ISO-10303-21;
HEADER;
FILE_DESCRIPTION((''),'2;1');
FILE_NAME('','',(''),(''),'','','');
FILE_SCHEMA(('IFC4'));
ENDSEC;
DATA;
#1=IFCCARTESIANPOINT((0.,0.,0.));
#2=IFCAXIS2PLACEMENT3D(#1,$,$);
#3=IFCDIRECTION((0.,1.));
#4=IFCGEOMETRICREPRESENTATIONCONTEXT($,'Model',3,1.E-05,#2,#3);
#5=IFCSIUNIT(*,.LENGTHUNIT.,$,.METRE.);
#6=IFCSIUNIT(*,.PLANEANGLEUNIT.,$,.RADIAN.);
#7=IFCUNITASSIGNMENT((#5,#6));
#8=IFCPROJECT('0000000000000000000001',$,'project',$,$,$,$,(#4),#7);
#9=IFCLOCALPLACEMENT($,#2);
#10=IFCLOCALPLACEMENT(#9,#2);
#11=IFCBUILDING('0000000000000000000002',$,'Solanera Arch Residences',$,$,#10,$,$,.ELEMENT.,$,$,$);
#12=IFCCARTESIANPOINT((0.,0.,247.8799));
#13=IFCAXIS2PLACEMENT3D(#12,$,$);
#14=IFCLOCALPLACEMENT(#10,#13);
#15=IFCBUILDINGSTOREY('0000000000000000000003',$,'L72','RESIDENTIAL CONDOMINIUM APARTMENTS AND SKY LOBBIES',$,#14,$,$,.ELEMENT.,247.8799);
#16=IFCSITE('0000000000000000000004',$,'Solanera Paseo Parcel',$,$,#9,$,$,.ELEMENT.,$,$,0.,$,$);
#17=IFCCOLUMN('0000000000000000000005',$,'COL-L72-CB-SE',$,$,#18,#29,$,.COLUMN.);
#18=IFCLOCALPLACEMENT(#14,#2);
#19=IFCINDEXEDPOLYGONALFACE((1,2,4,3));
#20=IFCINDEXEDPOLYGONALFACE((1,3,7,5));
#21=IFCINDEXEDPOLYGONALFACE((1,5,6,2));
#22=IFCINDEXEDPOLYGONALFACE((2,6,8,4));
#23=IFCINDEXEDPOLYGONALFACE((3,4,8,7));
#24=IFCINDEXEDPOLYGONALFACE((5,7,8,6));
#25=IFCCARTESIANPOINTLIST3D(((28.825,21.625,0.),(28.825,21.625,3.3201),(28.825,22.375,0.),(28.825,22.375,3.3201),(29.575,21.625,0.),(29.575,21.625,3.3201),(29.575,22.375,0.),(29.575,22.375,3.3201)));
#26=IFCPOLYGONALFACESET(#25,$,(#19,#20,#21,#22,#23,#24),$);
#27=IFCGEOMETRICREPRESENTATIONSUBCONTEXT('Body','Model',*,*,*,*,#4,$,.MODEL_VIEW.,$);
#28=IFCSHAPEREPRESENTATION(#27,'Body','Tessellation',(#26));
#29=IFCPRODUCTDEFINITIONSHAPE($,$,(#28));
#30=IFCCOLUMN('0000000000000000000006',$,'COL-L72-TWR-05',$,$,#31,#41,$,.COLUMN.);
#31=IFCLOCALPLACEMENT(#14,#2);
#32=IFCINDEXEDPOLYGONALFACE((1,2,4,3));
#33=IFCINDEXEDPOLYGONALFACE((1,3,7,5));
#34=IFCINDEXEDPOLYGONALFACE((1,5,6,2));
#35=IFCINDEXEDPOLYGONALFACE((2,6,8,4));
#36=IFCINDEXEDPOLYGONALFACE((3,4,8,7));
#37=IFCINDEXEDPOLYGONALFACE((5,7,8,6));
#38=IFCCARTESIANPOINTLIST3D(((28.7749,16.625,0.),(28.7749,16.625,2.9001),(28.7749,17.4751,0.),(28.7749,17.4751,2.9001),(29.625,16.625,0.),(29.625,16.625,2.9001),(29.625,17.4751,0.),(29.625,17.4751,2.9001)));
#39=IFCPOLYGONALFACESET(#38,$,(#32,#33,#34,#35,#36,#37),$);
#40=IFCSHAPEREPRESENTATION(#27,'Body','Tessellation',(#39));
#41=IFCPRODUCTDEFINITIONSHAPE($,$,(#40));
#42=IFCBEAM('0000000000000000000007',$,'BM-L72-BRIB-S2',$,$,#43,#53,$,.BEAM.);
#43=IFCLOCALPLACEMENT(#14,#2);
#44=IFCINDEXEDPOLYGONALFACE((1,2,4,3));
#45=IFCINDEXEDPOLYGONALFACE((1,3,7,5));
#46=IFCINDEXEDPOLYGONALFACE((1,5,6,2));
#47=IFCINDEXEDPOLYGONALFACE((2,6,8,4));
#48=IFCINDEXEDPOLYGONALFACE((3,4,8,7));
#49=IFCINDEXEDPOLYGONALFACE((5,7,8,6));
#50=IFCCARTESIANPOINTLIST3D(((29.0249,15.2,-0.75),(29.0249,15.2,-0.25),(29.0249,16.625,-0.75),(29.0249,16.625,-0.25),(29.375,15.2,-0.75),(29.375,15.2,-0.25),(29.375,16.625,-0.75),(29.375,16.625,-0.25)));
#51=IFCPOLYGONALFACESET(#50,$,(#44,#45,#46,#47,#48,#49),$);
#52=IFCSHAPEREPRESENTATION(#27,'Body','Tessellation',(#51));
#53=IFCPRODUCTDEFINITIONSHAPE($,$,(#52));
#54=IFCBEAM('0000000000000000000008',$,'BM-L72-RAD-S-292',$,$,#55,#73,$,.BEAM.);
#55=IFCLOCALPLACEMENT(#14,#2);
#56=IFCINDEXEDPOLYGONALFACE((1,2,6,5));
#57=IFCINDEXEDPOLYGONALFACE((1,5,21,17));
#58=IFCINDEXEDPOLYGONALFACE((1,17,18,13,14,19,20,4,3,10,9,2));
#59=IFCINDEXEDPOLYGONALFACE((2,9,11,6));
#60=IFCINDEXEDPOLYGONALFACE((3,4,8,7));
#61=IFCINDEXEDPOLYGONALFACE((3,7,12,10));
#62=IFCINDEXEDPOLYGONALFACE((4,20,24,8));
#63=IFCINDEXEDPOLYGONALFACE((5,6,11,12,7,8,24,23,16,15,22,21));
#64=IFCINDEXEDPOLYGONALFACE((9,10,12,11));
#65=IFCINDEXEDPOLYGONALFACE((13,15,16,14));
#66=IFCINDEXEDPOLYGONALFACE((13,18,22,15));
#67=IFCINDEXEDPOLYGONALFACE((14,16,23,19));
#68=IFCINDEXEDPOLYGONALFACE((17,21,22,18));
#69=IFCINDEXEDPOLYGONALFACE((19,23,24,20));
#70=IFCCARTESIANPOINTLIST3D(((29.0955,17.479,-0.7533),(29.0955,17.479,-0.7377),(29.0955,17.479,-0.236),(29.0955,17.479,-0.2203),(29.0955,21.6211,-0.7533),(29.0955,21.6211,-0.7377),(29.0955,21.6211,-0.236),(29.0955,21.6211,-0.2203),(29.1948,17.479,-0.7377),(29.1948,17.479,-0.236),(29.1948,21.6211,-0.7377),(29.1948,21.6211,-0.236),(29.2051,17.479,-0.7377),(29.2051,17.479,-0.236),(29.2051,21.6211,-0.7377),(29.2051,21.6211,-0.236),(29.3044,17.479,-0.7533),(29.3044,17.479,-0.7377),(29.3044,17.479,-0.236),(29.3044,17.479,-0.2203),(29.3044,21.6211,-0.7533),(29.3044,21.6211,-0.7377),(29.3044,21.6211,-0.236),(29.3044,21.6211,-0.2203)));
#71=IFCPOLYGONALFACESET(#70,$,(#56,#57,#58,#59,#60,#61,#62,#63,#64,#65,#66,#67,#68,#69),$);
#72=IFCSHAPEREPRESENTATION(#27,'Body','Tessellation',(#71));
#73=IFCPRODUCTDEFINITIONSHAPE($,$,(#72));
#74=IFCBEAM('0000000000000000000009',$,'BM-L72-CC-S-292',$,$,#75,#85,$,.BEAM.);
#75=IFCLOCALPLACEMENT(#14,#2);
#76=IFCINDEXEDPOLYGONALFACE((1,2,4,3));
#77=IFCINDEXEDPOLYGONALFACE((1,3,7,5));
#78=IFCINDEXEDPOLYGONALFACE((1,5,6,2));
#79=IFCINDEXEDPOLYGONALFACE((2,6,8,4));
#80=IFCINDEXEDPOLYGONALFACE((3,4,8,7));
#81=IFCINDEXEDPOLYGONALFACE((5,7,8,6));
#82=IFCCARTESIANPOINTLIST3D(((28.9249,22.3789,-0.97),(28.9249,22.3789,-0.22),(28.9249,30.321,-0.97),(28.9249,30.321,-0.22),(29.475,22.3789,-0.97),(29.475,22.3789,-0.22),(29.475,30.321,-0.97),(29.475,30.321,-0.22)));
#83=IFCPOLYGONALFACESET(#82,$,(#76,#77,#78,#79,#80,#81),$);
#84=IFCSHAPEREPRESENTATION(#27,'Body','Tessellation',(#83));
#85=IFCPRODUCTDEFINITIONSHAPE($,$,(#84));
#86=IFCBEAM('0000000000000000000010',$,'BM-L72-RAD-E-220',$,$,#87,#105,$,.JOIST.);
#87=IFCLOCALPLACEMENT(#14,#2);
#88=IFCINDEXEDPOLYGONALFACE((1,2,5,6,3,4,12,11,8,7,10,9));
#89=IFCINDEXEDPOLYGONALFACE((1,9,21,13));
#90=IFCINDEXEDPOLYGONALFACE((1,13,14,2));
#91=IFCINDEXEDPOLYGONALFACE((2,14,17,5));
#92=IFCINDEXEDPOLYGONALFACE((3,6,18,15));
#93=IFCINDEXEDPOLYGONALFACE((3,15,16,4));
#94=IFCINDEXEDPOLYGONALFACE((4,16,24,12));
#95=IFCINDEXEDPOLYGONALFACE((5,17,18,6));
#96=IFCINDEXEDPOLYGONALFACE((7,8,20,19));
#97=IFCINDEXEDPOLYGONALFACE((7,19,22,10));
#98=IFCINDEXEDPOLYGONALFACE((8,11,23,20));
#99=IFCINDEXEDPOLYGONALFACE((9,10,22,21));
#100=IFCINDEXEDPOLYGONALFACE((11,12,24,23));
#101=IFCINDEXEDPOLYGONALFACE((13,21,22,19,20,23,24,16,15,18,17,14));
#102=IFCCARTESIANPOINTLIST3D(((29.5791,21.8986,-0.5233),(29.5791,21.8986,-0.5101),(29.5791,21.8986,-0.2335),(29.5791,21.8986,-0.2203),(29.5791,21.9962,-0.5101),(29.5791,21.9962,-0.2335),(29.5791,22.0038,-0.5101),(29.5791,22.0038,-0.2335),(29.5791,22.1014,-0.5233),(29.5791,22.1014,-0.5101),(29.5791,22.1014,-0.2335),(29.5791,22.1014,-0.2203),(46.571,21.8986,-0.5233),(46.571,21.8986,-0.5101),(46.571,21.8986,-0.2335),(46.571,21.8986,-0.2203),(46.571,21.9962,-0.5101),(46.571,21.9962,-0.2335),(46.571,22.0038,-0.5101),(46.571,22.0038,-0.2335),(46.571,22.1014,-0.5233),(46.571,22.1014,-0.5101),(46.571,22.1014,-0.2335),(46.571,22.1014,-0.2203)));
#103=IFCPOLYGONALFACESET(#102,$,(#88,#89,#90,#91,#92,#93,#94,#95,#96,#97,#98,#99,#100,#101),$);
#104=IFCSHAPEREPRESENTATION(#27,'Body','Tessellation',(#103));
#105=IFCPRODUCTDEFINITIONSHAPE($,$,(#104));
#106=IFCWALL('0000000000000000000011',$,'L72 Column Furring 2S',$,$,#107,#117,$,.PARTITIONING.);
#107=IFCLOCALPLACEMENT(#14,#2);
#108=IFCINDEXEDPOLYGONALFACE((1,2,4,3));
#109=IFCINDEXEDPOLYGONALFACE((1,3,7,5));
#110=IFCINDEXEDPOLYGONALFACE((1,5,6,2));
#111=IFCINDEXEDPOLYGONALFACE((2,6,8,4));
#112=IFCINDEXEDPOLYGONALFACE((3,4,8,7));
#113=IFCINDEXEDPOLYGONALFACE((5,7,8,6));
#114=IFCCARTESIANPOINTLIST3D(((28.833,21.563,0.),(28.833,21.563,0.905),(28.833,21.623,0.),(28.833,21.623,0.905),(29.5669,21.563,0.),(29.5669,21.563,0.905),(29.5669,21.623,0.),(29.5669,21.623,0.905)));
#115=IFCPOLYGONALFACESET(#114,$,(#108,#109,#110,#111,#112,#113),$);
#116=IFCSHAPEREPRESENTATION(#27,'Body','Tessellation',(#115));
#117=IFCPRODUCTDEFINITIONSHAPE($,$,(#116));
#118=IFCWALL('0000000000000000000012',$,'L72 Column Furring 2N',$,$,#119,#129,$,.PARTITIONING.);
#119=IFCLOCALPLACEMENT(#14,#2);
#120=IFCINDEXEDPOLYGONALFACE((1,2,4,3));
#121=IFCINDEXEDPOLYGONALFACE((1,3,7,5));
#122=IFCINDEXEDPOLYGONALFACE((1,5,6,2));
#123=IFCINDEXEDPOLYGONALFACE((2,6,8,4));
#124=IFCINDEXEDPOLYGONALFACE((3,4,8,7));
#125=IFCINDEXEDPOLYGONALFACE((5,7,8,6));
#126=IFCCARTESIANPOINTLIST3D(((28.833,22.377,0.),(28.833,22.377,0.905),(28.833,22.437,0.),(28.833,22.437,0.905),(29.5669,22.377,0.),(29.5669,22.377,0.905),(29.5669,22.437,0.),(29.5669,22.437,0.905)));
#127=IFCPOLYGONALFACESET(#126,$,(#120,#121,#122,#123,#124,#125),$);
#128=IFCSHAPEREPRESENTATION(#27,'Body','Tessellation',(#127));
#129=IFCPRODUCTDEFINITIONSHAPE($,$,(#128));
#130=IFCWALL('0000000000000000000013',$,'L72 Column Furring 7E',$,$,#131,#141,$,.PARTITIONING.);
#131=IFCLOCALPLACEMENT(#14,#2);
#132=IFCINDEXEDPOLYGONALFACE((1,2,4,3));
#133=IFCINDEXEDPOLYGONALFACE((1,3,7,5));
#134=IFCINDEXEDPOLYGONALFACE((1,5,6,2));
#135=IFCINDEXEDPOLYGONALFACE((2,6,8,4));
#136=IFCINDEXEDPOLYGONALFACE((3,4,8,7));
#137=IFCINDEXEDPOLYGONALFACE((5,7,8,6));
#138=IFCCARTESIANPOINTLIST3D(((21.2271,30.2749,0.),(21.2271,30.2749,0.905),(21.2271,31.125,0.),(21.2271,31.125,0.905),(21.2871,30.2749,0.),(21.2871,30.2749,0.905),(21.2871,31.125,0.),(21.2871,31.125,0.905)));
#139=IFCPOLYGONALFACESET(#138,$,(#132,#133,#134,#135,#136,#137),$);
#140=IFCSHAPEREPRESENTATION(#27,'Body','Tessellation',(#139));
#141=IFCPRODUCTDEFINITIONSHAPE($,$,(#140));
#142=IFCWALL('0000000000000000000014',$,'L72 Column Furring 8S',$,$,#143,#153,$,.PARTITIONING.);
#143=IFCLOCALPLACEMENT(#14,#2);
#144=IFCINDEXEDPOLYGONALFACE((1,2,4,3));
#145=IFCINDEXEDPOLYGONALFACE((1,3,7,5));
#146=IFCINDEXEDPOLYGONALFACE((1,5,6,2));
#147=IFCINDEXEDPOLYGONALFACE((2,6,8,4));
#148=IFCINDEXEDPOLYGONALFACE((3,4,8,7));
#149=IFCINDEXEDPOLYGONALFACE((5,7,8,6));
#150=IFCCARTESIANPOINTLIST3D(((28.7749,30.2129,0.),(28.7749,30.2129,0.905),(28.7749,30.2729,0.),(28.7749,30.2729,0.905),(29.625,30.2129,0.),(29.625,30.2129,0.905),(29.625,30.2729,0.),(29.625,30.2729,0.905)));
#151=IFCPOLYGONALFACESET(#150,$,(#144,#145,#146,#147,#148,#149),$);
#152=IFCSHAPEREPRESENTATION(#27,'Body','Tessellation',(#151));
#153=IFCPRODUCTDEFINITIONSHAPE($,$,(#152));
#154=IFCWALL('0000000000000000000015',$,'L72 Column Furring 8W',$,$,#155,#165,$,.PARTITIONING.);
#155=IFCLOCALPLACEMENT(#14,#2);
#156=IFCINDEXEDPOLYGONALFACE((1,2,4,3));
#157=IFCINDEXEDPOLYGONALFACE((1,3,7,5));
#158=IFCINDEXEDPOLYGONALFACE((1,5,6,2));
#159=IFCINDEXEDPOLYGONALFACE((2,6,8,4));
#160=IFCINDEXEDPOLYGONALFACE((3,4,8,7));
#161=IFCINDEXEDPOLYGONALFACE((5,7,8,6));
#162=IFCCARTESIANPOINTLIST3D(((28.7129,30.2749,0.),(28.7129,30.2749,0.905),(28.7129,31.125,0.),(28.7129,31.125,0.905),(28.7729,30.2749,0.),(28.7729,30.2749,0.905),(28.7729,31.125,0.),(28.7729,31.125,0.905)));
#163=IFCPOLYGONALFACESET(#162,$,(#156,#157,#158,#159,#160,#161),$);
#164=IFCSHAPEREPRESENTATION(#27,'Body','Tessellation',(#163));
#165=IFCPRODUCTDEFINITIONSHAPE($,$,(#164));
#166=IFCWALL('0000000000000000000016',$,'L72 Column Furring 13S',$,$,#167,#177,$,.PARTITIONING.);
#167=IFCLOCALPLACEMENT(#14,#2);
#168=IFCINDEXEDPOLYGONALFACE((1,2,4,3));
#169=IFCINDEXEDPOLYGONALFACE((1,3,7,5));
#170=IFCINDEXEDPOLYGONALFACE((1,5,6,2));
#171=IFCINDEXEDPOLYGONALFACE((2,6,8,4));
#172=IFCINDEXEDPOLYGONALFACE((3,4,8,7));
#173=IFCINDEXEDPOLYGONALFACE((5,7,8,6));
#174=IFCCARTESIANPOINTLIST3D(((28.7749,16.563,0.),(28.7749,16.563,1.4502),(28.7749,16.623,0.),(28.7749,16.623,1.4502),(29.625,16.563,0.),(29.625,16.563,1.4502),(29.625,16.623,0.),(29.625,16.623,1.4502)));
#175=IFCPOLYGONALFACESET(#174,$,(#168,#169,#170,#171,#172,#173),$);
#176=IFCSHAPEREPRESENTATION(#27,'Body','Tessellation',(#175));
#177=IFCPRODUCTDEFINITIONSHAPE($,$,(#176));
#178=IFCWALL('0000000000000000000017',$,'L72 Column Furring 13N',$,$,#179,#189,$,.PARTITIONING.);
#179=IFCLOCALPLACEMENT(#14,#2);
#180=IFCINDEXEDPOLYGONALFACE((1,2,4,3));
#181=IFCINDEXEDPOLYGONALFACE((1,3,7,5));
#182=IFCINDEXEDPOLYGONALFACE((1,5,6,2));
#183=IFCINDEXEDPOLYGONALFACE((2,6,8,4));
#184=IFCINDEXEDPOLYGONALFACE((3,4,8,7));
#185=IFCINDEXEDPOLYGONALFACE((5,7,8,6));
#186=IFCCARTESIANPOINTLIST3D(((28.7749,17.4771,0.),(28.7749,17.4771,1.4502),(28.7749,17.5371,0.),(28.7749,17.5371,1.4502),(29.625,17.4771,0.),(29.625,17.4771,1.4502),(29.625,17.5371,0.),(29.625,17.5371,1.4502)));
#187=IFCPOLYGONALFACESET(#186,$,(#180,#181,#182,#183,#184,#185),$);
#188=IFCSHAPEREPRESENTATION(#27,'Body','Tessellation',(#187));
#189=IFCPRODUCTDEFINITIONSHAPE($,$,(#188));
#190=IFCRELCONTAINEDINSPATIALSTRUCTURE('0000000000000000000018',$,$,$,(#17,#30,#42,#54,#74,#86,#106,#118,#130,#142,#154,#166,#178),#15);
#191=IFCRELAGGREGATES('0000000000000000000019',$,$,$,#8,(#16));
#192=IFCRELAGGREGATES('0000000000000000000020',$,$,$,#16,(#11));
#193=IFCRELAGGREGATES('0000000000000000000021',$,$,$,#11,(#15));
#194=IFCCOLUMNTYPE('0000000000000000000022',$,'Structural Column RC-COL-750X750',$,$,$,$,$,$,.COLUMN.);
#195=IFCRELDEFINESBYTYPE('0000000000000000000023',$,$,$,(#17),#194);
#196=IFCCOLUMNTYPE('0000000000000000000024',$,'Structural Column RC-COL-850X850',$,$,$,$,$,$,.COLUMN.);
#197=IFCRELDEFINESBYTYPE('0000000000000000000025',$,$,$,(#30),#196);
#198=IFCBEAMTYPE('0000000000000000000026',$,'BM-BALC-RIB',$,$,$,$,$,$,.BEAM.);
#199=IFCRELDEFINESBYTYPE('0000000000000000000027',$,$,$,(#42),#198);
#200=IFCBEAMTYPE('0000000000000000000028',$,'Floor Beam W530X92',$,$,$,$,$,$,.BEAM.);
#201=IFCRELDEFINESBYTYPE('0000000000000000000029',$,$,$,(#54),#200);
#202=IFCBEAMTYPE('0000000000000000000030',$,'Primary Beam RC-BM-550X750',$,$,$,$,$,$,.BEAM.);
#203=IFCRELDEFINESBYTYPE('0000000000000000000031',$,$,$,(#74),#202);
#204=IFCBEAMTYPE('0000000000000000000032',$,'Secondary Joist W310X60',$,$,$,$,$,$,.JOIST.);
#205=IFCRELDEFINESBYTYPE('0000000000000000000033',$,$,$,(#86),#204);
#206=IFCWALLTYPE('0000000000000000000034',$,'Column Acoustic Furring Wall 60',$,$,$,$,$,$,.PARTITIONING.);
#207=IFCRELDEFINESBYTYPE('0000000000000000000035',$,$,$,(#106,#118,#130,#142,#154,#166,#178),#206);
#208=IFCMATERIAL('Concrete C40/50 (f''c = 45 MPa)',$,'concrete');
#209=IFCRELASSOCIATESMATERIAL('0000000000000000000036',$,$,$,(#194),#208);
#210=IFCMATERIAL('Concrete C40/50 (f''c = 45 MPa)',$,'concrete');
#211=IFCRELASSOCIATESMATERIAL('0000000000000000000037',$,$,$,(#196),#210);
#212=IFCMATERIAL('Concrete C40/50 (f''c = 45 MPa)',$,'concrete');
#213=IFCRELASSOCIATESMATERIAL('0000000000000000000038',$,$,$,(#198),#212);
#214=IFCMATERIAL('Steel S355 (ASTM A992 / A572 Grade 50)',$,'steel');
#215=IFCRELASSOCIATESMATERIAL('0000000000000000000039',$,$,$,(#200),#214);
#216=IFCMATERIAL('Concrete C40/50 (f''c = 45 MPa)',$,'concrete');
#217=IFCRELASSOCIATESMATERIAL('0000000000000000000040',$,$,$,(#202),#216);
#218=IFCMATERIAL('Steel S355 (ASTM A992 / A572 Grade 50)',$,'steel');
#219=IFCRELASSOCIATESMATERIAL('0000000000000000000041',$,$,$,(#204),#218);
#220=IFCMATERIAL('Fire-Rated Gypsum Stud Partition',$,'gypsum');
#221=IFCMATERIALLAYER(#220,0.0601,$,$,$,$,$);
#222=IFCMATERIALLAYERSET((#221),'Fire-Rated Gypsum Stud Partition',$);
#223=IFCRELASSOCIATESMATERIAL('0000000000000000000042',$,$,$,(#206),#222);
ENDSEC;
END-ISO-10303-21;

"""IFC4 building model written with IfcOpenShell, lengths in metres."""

from ifc_helpers import new_model, si_unit, direction, frame, frame_2d, origin, origin_2d, place, context, subcontext, project, spatial, rectangle, i_section, extrude, material, layer, layer_set, material_profile, profile_set, type_object, element, save


model = new_model("IFC4")

# Units and contexts
model_context = context("Model", 3, precision=1e-05, world=origin(), true_north=direction((0.0, 1.0)))
body_context = subcontext(model_context, "Body", "Model", "MODEL_VIEW")
ifc_project = project(units=[si_unit("LENGTHUNIT", "METRE"), si_unit("PLANEANGLEUNIT", "RADIAN")], contexts=[model_context])

# Site, building, storey
site_placement = place(None, origin())
site = spatial("IfcSite", under=ifc_project, at=site_placement, Name="Solanera Paseo Parcel", CompositionType="ELEMENT", RefElevation=0.0)
building_placement = place(site_placement, origin())
building = spatial("IfcBuilding", under=site, at=building_placement, Name="Solanera Arch Residences", CompositionType="ELEMENT")
storey_placement = place(building_placement, frame((0.0, 0.0, 247.8799)))
storey = spatial("IfcBuildingStorey", under=building, at=storey_placement, Name="L72", Description="RESIDENTIAL CONDOMINIUM APARTMENTS AND SKY LOBBIES", CompositionType="ELEMENT", Elevation=247.8799)

# Columns
ifc_material_1 = material(Name="Concrete C40/50 (f'c = 45 MPa)", Category="concrete")
ifc_material_profile_1 = material_profile(ifc_material_1, rectangle(XDim=0.75, YDim=0.75, at=origin_2d()))
ifc_profile_set_1 = profile_set([ifc_material_profile_1], Name="Concrete C40/50 (f'c = 45 MPa)")
column_type_1 = type_object("IfcColumnType", Name="Structural Column RC-COL-750X750", PredefinedType="COLUMN", material=ifc_profile_set_1)
column_1_placement = place(storey_placement, frame((29.2, 22.0, 0.0), z_axis=(0.0, 0.0, 1.0), x_axis=(1.0, 0.0, 0.0)))
element("IfcColumn", 1, at=column_1_placement, inside=storey, type_object=column_type_1, Name="COL-L72-CB-SE", PredefinedType="COLUMN", context=body_context, shape_type="SweptSolid", body=[
    extrude(rectangle(XDim=0.75, YDim=0.75, at=origin_2d()), origin(), (0.0, 0.0, 1.0), 3.3201),
])
ifc_material_2 = material(Name="Concrete C40/50 (f'c = 45 MPa)", Category="concrete")
ifc_material_profile_2 = material_profile(ifc_material_2, rectangle(XDim=0.8501, YDim=0.8501, at=origin_2d()))
ifc_profile_set_2 = profile_set([ifc_material_profile_2], Name="Concrete C40/50 (f'c = 45 MPa)")
column_type_2 = type_object("IfcColumnType", Name="Structural Column RC-COL-850X850", PredefinedType="COLUMN", material=ifc_profile_set_2)
column_2_placement = place(storey_placement, frame((29.2, 17.05, 0.0), z_axis=(0.0, 0.0, 1.0), x_axis=(1.0, 0.0, 0.0)))
element("IfcColumn", 2, at=column_2_placement, inside=storey, type_object=column_type_2, Name="COL-L72-TWR-05", PredefinedType="COLUMN", context=body_context, shape_type="SweptSolid", body=[
    extrude(rectangle(XDim=0.8501, YDim=0.8501, at=origin_2d()), origin(), (0.0, 0.0, 1.0), 2.9001),
])

# Beams
ifc_material_3 = material(Name="Concrete C40/50 (f'c = 45 MPa)", Category="concrete")
ifc_material_profile_3 = material_profile(ifc_material_3, rectangle(XDim=0.3501, YDim=0.5, at=origin_2d()))
ifc_profile_set_3 = profile_set([ifc_material_profile_3], Name="Concrete C40/50 (f'c = 45 MPa)")
beam_type_1 = type_object("IfcBeamType", Name="BM-BALC-RIB", PredefinedType="BEAM", material=ifc_profile_set_3)
beam_1_placement = place(storey_placement, frame((29.2, 15.2, -0.5), z_axis=(0.0, 1.0, 0.0), x_axis=(-1.0, 0.0, 0.0)))
element("IfcBeam", 3, at=beam_1_placement, inside=storey, type_object=beam_type_1, Name="BM-L72-BRIB-S2", PredefinedType="BEAM", context=body_context, shape_type="SweptSolid", body=[
    extrude(rectangle(XDim=0.3501, YDim=0.5, at=origin_2d()), origin(), (0.0, 0.0, 1.0), 1.425),
])
ifc_material_4 = material(Name="Steel S355 (ASTM A992 / A572 Grade 50)", Category="steel")
ifc_material_profile_4 = material_profile(ifc_material_4, i_section(OverallWidth=0.209, OverallDepth=0.533, WebThickness=0.0103, FlangeThickness=0.0156, at=origin_2d()))
ifc_profile_set_4 = profile_set([ifc_material_profile_4], Name="Steel S355 (ASTM A992 / A572 Grade 50)")
beam_type_2 = type_object("IfcBeamType", Name="Floor Beam W530X92", PredefinedType="BEAM", material=ifc_profile_set_4)
beam_2_placement = place(storey_placement, frame((29.2, 17.479, -0.4868), z_axis=(0.0, 1.0, 0.0), x_axis=(-1.0, 0.0, 0.0)))
element("IfcBeam", 4, at=beam_2_placement, inside=storey, type_object=beam_type_2, Name="BM-L72-RAD-S-292", PredefinedType="BEAM", context=body_context, shape_type="SweptSolid", body=[
    extrude(i_section(OverallWidth=0.209, OverallDepth=0.533, WebThickness=0.0103, FlangeThickness=0.0156, at=origin_2d()), origin(), (0.0, 0.0, 1.0), 4.1421),
])
ifc_material_5 = material(Name="Concrete C40/50 (f'c = 45 MPa)", Category="concrete")
ifc_material_profile_5 = material_profile(ifc_material_5, rectangle(XDim=0.55, YDim=0.75, at=origin_2d()))
ifc_profile_set_5 = profile_set([ifc_material_profile_5], Name="Concrete C40/50 (f'c = 45 MPa)")
beam_type_3 = type_object("IfcBeamType", Name="Primary Beam RC-BM-550X750", PredefinedType="BEAM", material=ifc_profile_set_5)
beam_3_placement = place(storey_placement, frame((29.2, 22.3789, -0.595), z_axis=(0.0, 1.0, 0.0), x_axis=(-1.0, 0.0, 0.0)))
element("IfcBeam", 5, at=beam_3_placement, inside=storey, type_object=beam_type_3, Name="BM-L72-CC-S-292", PredefinedType="BEAM", context=body_context, shape_type="SweptSolid", body=[
    extrude(rectangle(XDim=0.55, YDim=0.75, at=origin_2d()), origin(), (0.0, 0.0, 1.0), 7.9421),
])
ifc_material_6 = material(Name="Steel S355 (ASTM A992 / A572 Grade 50)", Category="steel")
ifc_material_profile_6 = material_profile(ifc_material_6, i_section(OverallWidth=0.2029, OverallDepth=0.303, WebThickness=0.0076, FlangeThickness=0.0132, at=origin_2d()))
ifc_profile_set_6 = profile_set([ifc_material_profile_6], Name="Steel S355 (ASTM A992 / A572 Grade 50)")
beam_type_4 = type_object("IfcBeamType", Name="Secondary Joist W310X60", PredefinedType="JOIST", material=ifc_profile_set_6)
beam_4_placement = place(storey_placement, frame((29.5791, 22.0, -0.3718), z_axis=(1.0, 0.0, 0.0), x_axis=(0.0, 1.0, 0.0)))
element("IfcBeam", 6, at=beam_4_placement, inside=storey, type_object=beam_type_4, Name="BM-L72-RAD-E-220", PredefinedType="JOIST", context=body_context, shape_type="SweptSolid", body=[
    extrude(i_section(OverallWidth=0.2029, OverallDepth=0.303, WebThickness=0.0076, FlangeThickness=0.0132, at=origin_2d()), origin(), (0.0, 0.0, 1.0), 16.9919),
])

# Walls
ifc_material_7 = material(Name="Fire-Rated Gypsum Stud Partition", Category="gypsum")
ifc_layer_1 = layer(ifc_material_7, 0.0601)
ifc_layer_set_1 = layer_set([ifc_layer_1], Name="Fire-Rated Gypsum Stud Partition")
wall_type_1 = type_object("IfcWallType", Name="Column Acoustic Furring Wall 60", PredefinedType="PARTITIONING", material=ifc_layer_set_1)
for number, where, z_axis, x_axis, name in (
    (7, (28.833, 21.593, 0.0), (0.0, 0.0, 1.0), (1.0, 0.0, 0.0), "L72 Column Furring 2S"),
    (8, (28.833, 22.407, 0.0), (0.0, 0.0, 1.0), (1.0, 0.0, 0.0), "L72 Column Furring 2N"),
):
    element("IfcWall", number, at=place(storey_placement, frame(where, z_axis=z_axis, x_axis=x_axis)), inside=storey, type_object=wall_type_1, Name=name, PredefinedType="PARTITIONING", context=body_context, shape_type="SweptSolid", body=[
        extrude(rectangle(XDim=0.7339, YDim=0.0601, at=frame_2d((0.3669, 0.0))), origin(), (0.0, 0.0, 1.0), 0.905),
    ])
for number, where, z_axis, x_axis, name in (
    (9, (21.2571, 30.2749, 0.0), (0.0, 0.0, 1.0), (0.0, 1.0, 0.0), "L72 Column Furring 7E"),
    (10, (28.7749, 30.2429, 0.0), (0.0, 0.0, 1.0), (1.0, 0.0, 0.0), "L72 Column Furring 8S"),
    (11, (28.7429, 30.2749, 0.0), (0.0, 0.0, 1.0), (0.0, 1.0, 0.0), "L72 Column Furring 8W"),
):
    element("IfcWall", number, at=place(storey_placement, frame(where, z_axis=z_axis, x_axis=x_axis)), inside=storey, type_object=wall_type_1, Name=name, PredefinedType="PARTITIONING", context=body_context, shape_type="SweptSolid", body=[
        extrude(rectangle(XDim=0.8501, YDim=0.0601, at=frame_2d((0.425, 0.0))), origin(), (0.0, 0.0, 1.0), 0.905),
    ])
for number, where, z_axis, x_axis, name in (
    (12, (28.7749, 16.593, 0.0), (0.0, 0.0, 1.0), (1.0, 0.0, 0.0), "L72 Column Furring 13S"),
    (13, (28.7749, 17.5071, 0.0), (0.0, 0.0, 1.0), (1.0, 0.0, 0.0), "L72 Column Furring 13N"),
):
    element("IfcWall", number, at=place(storey_placement, frame(where, z_axis=z_axis, x_axis=x_axis)), inside=storey, type_object=wall_type_1, Name=name, PredefinedType="PARTITIONING", context=body_context, shape_type="SweptSolid", body=[
        extrude(rectangle(XDim=0.8501, YDim=0.0601, at=frame_2d((0.425, 0.0))), origin(), (0.0, 0.0, 1.0), 1.4502),
    ])

save(model, "model.ifc")
